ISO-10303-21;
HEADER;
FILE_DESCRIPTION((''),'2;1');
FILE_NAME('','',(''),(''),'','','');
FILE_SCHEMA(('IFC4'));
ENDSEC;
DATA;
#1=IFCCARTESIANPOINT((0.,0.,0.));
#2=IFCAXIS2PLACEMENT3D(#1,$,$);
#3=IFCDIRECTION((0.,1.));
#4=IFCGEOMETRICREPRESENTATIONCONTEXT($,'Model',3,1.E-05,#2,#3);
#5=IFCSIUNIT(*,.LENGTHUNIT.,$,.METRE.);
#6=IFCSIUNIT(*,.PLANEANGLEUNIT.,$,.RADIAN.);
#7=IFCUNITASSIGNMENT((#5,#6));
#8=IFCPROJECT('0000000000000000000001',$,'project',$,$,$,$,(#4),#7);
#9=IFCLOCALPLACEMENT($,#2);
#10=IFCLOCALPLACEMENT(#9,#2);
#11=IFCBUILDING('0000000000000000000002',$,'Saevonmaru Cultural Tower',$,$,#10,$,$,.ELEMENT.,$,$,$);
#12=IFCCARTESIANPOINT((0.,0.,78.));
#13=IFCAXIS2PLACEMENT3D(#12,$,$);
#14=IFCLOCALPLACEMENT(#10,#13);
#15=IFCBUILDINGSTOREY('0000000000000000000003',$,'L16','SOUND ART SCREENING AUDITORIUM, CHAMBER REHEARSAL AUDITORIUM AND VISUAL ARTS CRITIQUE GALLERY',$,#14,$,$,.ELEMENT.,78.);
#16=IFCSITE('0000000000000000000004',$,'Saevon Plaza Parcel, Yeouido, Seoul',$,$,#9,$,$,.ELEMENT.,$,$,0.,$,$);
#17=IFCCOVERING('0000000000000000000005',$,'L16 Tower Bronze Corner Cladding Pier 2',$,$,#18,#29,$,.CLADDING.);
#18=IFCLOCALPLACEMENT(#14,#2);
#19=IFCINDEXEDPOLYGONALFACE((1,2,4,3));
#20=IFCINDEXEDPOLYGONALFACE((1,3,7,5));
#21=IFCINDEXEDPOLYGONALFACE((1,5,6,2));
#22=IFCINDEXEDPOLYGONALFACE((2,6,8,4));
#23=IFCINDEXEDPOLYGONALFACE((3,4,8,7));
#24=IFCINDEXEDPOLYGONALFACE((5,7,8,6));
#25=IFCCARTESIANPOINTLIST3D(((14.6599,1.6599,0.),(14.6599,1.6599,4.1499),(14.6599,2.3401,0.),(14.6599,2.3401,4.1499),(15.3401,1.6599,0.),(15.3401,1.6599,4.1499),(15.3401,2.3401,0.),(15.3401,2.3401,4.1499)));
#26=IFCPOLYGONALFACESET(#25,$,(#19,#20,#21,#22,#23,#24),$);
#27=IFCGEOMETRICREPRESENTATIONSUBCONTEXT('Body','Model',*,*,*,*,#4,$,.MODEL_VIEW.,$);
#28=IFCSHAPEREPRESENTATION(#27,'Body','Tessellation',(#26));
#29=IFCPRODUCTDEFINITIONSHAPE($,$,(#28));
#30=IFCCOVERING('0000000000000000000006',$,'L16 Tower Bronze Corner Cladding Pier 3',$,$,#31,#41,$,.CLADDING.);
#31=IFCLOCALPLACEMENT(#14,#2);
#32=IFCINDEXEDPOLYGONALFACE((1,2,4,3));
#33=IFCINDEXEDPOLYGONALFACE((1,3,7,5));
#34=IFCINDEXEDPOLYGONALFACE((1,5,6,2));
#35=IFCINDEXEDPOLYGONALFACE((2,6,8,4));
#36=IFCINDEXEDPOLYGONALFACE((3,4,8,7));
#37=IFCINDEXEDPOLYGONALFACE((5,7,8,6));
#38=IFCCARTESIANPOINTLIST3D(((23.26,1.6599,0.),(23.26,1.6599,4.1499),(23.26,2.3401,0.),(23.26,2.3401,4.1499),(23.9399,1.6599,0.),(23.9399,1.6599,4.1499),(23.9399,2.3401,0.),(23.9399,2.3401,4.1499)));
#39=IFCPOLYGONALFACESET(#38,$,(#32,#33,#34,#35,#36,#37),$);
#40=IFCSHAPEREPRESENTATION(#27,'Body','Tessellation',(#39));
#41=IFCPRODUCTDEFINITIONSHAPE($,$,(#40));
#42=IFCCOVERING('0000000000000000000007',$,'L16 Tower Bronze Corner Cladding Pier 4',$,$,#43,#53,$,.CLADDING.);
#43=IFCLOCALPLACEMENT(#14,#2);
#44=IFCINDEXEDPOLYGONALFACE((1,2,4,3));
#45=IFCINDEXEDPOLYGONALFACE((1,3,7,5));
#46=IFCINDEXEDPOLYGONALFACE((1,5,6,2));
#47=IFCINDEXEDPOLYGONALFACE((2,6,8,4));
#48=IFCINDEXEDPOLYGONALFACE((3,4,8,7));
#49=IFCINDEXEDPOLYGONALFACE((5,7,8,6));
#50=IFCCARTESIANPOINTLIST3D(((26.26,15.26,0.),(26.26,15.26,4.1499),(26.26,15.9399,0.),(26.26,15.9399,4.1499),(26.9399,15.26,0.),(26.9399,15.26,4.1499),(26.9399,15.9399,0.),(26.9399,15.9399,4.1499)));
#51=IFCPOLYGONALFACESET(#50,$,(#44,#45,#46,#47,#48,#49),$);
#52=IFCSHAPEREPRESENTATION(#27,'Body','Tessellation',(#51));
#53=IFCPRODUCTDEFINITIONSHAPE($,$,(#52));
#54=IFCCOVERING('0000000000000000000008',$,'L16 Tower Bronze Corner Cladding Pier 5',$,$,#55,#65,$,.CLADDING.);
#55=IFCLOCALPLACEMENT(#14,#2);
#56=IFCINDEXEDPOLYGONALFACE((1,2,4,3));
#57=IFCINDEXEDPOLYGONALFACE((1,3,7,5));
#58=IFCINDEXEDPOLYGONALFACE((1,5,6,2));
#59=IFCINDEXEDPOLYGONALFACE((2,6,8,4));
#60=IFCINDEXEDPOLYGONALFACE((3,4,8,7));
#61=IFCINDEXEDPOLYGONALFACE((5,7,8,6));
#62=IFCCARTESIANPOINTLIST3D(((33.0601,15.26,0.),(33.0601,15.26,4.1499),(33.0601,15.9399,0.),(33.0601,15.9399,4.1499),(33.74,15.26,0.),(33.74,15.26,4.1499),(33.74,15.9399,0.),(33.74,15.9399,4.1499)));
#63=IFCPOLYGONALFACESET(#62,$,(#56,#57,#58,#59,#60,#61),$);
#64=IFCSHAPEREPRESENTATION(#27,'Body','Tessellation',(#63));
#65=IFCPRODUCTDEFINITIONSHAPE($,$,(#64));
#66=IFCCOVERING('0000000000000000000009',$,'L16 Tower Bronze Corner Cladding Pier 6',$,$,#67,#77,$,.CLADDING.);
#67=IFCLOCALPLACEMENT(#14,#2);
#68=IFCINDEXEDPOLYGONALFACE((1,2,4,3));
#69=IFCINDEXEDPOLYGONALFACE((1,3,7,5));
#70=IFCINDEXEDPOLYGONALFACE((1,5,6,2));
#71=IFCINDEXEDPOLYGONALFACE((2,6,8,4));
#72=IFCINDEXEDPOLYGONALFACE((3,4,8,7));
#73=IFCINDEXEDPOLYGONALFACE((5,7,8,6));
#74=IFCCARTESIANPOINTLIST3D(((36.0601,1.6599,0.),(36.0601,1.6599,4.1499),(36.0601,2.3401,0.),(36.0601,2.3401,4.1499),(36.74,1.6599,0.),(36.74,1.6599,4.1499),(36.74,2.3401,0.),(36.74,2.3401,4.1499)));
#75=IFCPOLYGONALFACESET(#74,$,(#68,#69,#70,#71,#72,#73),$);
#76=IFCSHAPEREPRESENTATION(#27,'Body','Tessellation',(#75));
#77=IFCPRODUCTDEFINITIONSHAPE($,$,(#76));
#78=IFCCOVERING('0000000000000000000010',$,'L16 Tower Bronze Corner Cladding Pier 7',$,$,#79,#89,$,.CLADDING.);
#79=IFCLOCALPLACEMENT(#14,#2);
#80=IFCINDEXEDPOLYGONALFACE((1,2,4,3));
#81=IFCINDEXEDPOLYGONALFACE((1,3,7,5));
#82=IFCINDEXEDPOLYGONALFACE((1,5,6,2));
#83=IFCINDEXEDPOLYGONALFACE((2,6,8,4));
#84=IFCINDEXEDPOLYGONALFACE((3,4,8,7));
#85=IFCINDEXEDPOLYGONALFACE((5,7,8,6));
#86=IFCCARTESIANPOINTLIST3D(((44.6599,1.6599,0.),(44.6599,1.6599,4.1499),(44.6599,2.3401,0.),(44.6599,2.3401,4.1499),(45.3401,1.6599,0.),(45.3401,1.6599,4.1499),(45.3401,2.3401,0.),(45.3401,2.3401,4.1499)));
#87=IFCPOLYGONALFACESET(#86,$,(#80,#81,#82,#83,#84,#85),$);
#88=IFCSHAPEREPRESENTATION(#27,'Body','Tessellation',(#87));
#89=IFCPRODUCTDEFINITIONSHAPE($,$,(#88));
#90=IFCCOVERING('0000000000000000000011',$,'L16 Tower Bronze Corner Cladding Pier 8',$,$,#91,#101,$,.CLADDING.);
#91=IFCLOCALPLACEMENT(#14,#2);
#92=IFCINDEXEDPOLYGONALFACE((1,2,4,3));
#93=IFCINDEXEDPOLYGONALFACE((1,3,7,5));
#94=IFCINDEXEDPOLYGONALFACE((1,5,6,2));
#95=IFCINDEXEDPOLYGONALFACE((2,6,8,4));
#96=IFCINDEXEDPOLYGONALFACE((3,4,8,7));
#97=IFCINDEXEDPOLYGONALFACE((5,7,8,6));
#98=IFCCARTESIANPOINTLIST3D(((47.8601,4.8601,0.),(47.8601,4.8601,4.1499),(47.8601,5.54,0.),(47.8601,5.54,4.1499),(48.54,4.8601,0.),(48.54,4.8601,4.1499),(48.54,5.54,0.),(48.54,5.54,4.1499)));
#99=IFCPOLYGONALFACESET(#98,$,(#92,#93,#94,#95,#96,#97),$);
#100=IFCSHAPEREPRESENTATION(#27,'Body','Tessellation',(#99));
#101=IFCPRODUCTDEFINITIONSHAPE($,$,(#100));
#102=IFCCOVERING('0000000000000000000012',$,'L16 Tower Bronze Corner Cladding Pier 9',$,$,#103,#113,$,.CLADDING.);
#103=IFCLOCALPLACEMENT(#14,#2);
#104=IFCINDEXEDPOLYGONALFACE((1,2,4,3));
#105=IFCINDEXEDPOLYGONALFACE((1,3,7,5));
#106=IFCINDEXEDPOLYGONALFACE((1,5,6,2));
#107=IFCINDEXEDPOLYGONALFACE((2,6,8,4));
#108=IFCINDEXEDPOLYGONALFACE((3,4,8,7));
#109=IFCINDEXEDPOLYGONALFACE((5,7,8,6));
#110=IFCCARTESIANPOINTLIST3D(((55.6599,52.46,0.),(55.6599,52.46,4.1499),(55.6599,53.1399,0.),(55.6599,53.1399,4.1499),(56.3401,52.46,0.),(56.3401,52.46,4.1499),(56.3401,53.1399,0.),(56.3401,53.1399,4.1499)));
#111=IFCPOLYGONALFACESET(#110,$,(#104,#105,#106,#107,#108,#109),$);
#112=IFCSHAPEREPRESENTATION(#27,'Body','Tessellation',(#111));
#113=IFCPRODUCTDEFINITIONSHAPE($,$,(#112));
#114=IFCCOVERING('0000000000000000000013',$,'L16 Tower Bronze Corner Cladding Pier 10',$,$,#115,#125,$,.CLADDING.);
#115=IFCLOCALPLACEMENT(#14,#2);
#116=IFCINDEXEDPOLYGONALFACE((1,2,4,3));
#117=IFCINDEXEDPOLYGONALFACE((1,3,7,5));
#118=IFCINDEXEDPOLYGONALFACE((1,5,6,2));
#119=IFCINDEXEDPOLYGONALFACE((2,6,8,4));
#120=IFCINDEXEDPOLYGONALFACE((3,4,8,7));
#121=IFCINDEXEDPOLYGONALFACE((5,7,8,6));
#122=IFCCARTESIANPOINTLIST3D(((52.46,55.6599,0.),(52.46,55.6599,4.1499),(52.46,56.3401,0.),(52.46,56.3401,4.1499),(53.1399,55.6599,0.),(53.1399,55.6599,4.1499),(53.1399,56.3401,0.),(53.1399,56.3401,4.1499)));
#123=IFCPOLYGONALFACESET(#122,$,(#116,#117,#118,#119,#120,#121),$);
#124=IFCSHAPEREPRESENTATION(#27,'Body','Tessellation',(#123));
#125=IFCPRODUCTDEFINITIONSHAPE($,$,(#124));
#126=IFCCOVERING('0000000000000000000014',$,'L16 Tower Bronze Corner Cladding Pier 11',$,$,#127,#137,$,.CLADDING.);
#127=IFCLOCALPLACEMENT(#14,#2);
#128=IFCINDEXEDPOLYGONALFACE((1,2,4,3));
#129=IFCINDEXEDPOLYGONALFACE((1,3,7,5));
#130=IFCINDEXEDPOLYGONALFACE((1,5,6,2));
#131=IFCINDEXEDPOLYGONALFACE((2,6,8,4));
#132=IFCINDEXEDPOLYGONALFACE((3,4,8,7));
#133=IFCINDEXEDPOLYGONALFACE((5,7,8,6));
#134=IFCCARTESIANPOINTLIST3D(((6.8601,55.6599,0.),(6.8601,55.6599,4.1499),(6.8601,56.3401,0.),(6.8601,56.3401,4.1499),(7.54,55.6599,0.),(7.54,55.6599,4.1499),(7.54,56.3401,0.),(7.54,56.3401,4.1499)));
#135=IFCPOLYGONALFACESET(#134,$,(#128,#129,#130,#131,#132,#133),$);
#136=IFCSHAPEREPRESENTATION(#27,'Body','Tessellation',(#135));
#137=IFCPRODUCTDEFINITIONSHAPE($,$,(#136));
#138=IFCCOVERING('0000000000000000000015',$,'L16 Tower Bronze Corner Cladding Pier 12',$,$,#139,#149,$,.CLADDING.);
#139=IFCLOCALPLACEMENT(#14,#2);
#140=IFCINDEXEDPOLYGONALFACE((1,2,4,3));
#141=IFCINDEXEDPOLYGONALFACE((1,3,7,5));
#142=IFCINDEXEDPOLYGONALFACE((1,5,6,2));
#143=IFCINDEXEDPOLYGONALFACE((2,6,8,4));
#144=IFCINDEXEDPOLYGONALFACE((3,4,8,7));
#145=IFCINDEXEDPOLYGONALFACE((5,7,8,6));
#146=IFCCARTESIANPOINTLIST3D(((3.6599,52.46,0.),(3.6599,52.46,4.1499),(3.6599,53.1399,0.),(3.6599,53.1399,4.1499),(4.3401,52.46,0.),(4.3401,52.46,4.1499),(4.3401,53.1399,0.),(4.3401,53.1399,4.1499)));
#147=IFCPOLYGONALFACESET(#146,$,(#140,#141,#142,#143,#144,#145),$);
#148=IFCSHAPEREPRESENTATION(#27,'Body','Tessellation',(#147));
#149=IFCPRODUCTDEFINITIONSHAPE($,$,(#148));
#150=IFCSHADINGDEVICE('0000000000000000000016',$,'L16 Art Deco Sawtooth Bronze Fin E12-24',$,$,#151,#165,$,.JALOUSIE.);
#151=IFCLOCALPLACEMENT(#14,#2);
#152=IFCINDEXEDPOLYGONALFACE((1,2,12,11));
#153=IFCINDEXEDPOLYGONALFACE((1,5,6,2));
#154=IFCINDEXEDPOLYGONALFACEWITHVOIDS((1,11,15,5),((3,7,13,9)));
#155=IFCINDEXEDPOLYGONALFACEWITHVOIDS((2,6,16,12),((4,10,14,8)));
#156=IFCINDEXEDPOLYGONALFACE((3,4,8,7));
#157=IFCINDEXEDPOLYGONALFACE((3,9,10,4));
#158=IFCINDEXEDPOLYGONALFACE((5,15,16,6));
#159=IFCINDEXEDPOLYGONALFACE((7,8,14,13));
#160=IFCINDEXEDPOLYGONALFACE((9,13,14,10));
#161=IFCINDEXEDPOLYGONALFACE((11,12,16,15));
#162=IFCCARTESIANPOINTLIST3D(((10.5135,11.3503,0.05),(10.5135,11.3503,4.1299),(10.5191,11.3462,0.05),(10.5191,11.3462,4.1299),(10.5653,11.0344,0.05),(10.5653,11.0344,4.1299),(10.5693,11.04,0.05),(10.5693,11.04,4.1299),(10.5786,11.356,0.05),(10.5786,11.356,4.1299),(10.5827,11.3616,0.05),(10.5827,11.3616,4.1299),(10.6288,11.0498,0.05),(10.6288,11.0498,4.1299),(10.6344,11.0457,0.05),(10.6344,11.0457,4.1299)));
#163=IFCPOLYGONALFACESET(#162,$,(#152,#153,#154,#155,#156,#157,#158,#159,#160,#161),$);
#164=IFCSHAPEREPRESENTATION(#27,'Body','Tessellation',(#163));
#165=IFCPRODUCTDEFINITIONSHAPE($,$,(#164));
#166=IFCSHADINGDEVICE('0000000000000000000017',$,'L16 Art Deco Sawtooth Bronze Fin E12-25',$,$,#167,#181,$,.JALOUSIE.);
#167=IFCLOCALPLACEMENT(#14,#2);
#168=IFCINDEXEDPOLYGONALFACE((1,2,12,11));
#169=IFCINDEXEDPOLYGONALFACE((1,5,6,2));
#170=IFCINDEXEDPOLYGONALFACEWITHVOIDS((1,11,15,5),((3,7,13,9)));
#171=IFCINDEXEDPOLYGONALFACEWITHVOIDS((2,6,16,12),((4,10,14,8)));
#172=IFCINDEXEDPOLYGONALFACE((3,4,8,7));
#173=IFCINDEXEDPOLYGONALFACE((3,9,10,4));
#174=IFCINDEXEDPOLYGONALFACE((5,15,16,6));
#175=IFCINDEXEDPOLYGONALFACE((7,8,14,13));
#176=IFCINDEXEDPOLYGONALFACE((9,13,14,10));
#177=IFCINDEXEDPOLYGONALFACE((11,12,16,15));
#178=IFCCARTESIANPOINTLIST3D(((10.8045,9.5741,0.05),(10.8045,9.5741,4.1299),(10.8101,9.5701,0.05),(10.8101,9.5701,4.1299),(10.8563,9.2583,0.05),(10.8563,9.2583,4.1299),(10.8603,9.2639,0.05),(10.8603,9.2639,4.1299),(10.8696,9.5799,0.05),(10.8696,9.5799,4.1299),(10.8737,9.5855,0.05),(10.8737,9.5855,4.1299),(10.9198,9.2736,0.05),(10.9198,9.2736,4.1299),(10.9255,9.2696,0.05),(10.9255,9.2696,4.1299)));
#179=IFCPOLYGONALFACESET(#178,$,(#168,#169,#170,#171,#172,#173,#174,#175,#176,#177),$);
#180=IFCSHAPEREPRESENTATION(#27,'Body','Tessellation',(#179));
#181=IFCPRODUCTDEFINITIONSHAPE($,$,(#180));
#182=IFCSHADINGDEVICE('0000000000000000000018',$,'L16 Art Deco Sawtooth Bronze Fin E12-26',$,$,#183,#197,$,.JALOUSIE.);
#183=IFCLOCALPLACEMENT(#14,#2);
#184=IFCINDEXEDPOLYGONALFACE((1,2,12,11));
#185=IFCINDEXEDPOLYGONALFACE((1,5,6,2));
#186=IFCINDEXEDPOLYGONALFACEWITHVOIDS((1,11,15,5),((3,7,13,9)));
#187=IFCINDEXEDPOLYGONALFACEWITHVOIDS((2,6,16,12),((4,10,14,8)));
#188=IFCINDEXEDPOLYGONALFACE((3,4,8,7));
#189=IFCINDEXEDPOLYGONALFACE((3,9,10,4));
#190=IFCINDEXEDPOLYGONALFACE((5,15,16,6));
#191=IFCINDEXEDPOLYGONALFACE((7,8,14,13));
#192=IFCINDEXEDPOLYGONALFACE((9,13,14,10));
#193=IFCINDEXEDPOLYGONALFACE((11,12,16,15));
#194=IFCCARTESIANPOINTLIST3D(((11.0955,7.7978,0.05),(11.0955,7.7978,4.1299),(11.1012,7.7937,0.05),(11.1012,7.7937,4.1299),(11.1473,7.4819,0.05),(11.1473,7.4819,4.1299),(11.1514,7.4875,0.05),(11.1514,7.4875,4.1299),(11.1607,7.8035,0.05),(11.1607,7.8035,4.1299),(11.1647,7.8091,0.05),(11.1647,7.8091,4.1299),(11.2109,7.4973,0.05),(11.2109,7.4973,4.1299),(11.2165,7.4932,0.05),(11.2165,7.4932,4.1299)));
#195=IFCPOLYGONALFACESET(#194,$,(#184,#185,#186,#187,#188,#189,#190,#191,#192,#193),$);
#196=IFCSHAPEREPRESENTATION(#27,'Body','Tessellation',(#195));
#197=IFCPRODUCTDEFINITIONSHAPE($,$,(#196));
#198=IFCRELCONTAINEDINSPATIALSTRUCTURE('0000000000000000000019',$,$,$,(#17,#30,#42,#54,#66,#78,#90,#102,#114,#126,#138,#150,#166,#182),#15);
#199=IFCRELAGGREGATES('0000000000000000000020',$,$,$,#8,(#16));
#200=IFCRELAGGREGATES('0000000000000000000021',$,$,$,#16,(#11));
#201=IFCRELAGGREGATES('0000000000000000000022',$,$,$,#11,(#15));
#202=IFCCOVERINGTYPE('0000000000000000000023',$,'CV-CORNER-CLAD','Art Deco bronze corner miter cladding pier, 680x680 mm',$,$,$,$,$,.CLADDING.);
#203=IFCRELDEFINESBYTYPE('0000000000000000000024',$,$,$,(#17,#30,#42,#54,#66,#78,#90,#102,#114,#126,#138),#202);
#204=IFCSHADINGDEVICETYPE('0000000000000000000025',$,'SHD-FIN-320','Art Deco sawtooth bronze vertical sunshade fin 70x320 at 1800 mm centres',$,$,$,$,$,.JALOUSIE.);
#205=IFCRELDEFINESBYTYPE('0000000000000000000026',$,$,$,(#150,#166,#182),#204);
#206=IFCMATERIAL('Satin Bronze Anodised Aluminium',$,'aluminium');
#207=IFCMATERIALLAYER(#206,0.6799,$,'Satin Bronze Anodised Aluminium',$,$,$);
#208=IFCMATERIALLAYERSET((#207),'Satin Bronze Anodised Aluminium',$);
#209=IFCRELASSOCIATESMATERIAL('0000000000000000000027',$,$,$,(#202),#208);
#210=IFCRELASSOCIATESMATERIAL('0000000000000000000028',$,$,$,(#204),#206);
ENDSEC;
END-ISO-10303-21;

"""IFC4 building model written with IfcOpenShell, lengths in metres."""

from ifc_helpers import new_model, si_unit, direction, frame, origin, origin_2d, place, context, subcontext, project, spatial, polyline, hollow_rectangle, outline, extrude, material, layer, layer_set, material_profile, profile_set, type_object, element, save


model = new_model("IFC4")

# Units and contexts
model_context = context("Model", 3, precision=1e-05, world=origin(), true_north=direction((0.0, 1.0)))
body_context = subcontext(model_context, "Body", "Model", "MODEL_VIEW")
ifc_project = project(units=[si_unit("LENGTHUNIT", "METRE"), si_unit("PLANEANGLEUNIT", "RADIAN")], contexts=[model_context])

# Site, building, storey
site_placement = place(None, origin())
site = spatial("IfcSite", under=ifc_project, at=site_placement, Name="Saevon Plaza Parcel, Yeouido, Seoul", CompositionType="ELEMENT", RefElevation=0.0)
building_placement = place(site_placement, origin())
building = spatial("IfcBuilding", under=site, at=building_placement, Name="Saevonmaru Cultural Tower", CompositionType="ELEMENT")
storey_placement = place(building_placement, frame((0.0, 0.0, 78.0)))
storey = spatial("IfcBuildingStorey", under=building, at=storey_placement, Name="L16", Description="SOUND ART SCREENING AUDITORIUM, CHAMBER REHEARSAL AUDITORIUM AND VISUAL ARTS CRITIQUE GALLERY", CompositionType="ELEMENT", Elevation=78.0)

# Shared definitions
ifc_material_1 = material(Name="Satin Bronze Anodised Aluminium", Category="aluminium")

# Coverings
ifc_layer_1 = layer(ifc_material_1, 0.6799, Name="Satin Bronze Anodised Aluminium")
ifc_layer_set_1 = layer_set([ifc_layer_1], Name="Satin Bronze Anodised Aluminium")
covering_type = type_object("IfcCoveringType", Name="CV-CORNER-CLAD", Description="Art Deco bronze corner miter cladding pier, 680x680 mm", PredefinedType="CLADDING", material=ifc_layer_set_1)
covering_1_placement = place(storey_placement, origin())
element("IfcCovering", 1, at=covering_1_placement, inside=storey, type_object=covering_type, Name="L16 Tower Bronze Corner Cladding Pier 2", PredefinedType="CLADDING", context=body_context, shape_type="SweptSolid", body=[
    extrude(outline(polyline([(14.6599, 1.6599), (15.3401, 1.6599), (15.3401, 2.3401), (14.6599, 2.3401), (14.6599, 1.6599)])), origin(), (0.0, 0.0, 1.0), 4.1499),
])
covering_2_placement = place(storey_placement, origin())
element("IfcCovering", 2, at=covering_2_placement, inside=storey, type_object=covering_type, Name="L16 Tower Bronze Corner Cladding Pier 3", PredefinedType="CLADDING", context=body_context, shape_type="SweptSolid", body=[
    extrude(outline(polyline([(23.26, 1.6599), (23.9399, 1.6599), (23.9399, 2.3401), (23.26, 2.3401), (23.26, 1.6599)])), origin(), (0.0, 0.0, 1.0), 4.1499),
])
covering_3_placement = place(storey_placement, origin())
element("IfcCovering", 3, at=covering_3_placement, inside=storey, type_object=covering_type, Name="L16 Tower Bronze Corner Cladding Pier 4", PredefinedType="CLADDING", context=body_context, shape_type="SweptSolid", body=[
    extrude(outline(polyline([(26.26, 15.26), (26.9399, 15.26), (26.9399, 15.9399), (26.26, 15.9399), (26.26, 15.26)])), origin(), (0.0, 0.0, 1.0), 4.1499),
])
covering_4_placement = place(storey_placement, origin())
element("IfcCovering", 4, at=covering_4_placement, inside=storey, type_object=covering_type, Name="L16 Tower Bronze Corner Cladding Pier 5", PredefinedType="CLADDING", context=body_context, shape_type="SweptSolid", body=[
    extrude(outline(polyline([(33.0601, 15.26), (33.74, 15.26), (33.74, 15.9399), (33.0601, 15.9399), (33.0601, 15.26)])), origin(), (0.0, 0.0, 1.0), 4.1499),
])
covering_5_placement = place(storey_placement, origin())
element("IfcCovering", 5, at=covering_5_placement, inside=storey, type_object=covering_type, Name="L16 Tower Bronze Corner Cladding Pier 6", PredefinedType="CLADDING", context=body_context, shape_type="SweptSolid", body=[
    extrude(outline(polyline([(36.0601, 1.6599), (36.74, 1.6599), (36.74, 2.3401), (36.0601, 2.3401), (36.0601, 1.6599)])), origin(), (0.0, 0.0, 1.0), 4.1499),
])
covering_6_placement = place(storey_placement, origin())
element("IfcCovering", 6, at=covering_6_placement, inside=storey, type_object=covering_type, Name="L16 Tower Bronze Corner Cladding Pier 7", PredefinedType="CLADDING", context=body_context, shape_type="SweptSolid", body=[
    extrude(outline(polyline([(44.6599, 1.6599), (45.3401, 1.6599), (45.3401, 2.3401), (44.6599, 2.3401), (44.6599, 1.6599)])), origin(), (0.0, 0.0, 1.0), 4.1499),
])
covering_7_placement = place(storey_placement, origin())
element("IfcCovering", 7, at=covering_7_placement, inside=storey, type_object=covering_type, Name="L16 Tower Bronze Corner Cladding Pier 8", PredefinedType="CLADDING", context=body_context, shape_type="SweptSolid", body=[
    extrude(outline(polyline([(47.8601, 4.8601), (48.54, 4.8601), (48.54, 5.54), (47.8601, 5.54), (47.8601, 4.8601)])), origin(), (0.0, 0.0, 1.0), 4.1499),
])
covering_8_placement = place(storey_placement, origin())
element("IfcCovering", 8, at=covering_8_placement, inside=storey, type_object=covering_type, Name="L16 Tower Bronze Corner Cladding Pier 9", PredefinedType="CLADDING", context=body_context, shape_type="SweptSolid", body=[
    extrude(outline(polyline([(55.6599, 52.46), (56.3401, 52.46), (56.3401, 53.1399), (55.6599, 53.1399), (55.6599, 52.46)])), origin(), (0.0, 0.0, 1.0), 4.1499),
])
covering_9_placement = place(storey_placement, origin())
element("IfcCovering", 9, at=covering_9_placement, inside=storey, type_object=covering_type, Name="L16 Tower Bronze Corner Cladding Pier 10", PredefinedType="CLADDING", context=body_context, shape_type="SweptSolid", body=[
    extrude(outline(polyline([(52.46, 55.6599), (53.1399, 55.6599), (53.1399, 56.3401), (52.46, 56.3401), (52.46, 55.6599)])), origin(), (0.0, 0.0, 1.0), 4.1499),
])
covering_10_placement = place(storey_placement, origin())
element("IfcCovering", 10, at=covering_10_placement, inside=storey, type_object=covering_type, Name="L16 Tower Bronze Corner Cladding Pier 11", PredefinedType="CLADDING", context=body_context, shape_type="SweptSolid", body=[
    extrude(outline(polyline([(6.8601, 55.6599), (7.54, 55.6599), (7.54, 56.3401), (6.8601, 56.3401), (6.8601, 55.6599)])), origin(), (0.0, 0.0, 1.0), 4.1499),
])
covering_11_placement = place(storey_placement, origin())
element("IfcCovering", 11, at=covering_11_placement, inside=storey, type_object=covering_type, Name="L16 Tower Bronze Corner Cladding Pier 12", PredefinedType="CLADDING", context=body_context, shape_type="SweptSolid", body=[
    extrude(outline(polyline([(3.6599, 52.46), (4.3401, 52.46), (4.3401, 53.1399), (3.6599, 53.1399), (3.6599, 52.46)])), origin(), (0.0, 0.0, 1.0), 4.1499),
])

# Shading devices
ifc_material_profile_1 = material_profile(ifc_material_1, hollow_rectangle(XDim=0.0701, YDim=0.3201, WallThickness=0.0049, at=origin_2d()), Name="FIN-320x70")
ifc_profile_set_1 = profile_set([ifc_material_profile_1], Name="Satin Bronze Anodised Aluminium")
shading_device_type = type_object("IfcShadingDeviceType", Name="SHD-FIN-320", Description="Art Deco sawtooth bronze vertical sunshade fin 70x320 at 1800 mm centres", PredefinedType="JALOUSIE", material=ifc_profile_set_1)
for number, where, z_axis, x_axis, name in (
    (12, (10.574, 11.198, 0.05), (0.0, 0.0, 1.0), (-0.986827, -0.161776, 0.0), "L16 Art Deco Sawtooth Bronze Fin E12-24"),
    (13, (10.865, 9.4219, 0.05), (0.0, 0.0, 1.0), (-0.986827, -0.161776, 0.0), "L16 Art Deco Sawtooth Bronze Fin E12-25"),
    (14, (11.156, 7.6455, 0.05), (0.0, 0.0, 1.0), (-0.986827, -0.161776, 0.0), "L16 Art Deco Sawtooth Bronze Fin E12-26"),
):
    element("IfcShadingDevice", number, at=place(storey_placement, frame(where, z_axis=z_axis, x_axis=x_axis)), inside=storey, type_object=shading_device_type, Name=name, PredefinedType="JALOUSIE", context=body_context, shape_type="SweptSolid", body=[
        extrude(hollow_rectangle(XDim=0.0701, YDim=0.3201, WallThickness=0.0049, at=origin_2d()), origin(), (0.0, 0.0, 1.0), 4.0798),
    ])

save(model, "model.ifc")
